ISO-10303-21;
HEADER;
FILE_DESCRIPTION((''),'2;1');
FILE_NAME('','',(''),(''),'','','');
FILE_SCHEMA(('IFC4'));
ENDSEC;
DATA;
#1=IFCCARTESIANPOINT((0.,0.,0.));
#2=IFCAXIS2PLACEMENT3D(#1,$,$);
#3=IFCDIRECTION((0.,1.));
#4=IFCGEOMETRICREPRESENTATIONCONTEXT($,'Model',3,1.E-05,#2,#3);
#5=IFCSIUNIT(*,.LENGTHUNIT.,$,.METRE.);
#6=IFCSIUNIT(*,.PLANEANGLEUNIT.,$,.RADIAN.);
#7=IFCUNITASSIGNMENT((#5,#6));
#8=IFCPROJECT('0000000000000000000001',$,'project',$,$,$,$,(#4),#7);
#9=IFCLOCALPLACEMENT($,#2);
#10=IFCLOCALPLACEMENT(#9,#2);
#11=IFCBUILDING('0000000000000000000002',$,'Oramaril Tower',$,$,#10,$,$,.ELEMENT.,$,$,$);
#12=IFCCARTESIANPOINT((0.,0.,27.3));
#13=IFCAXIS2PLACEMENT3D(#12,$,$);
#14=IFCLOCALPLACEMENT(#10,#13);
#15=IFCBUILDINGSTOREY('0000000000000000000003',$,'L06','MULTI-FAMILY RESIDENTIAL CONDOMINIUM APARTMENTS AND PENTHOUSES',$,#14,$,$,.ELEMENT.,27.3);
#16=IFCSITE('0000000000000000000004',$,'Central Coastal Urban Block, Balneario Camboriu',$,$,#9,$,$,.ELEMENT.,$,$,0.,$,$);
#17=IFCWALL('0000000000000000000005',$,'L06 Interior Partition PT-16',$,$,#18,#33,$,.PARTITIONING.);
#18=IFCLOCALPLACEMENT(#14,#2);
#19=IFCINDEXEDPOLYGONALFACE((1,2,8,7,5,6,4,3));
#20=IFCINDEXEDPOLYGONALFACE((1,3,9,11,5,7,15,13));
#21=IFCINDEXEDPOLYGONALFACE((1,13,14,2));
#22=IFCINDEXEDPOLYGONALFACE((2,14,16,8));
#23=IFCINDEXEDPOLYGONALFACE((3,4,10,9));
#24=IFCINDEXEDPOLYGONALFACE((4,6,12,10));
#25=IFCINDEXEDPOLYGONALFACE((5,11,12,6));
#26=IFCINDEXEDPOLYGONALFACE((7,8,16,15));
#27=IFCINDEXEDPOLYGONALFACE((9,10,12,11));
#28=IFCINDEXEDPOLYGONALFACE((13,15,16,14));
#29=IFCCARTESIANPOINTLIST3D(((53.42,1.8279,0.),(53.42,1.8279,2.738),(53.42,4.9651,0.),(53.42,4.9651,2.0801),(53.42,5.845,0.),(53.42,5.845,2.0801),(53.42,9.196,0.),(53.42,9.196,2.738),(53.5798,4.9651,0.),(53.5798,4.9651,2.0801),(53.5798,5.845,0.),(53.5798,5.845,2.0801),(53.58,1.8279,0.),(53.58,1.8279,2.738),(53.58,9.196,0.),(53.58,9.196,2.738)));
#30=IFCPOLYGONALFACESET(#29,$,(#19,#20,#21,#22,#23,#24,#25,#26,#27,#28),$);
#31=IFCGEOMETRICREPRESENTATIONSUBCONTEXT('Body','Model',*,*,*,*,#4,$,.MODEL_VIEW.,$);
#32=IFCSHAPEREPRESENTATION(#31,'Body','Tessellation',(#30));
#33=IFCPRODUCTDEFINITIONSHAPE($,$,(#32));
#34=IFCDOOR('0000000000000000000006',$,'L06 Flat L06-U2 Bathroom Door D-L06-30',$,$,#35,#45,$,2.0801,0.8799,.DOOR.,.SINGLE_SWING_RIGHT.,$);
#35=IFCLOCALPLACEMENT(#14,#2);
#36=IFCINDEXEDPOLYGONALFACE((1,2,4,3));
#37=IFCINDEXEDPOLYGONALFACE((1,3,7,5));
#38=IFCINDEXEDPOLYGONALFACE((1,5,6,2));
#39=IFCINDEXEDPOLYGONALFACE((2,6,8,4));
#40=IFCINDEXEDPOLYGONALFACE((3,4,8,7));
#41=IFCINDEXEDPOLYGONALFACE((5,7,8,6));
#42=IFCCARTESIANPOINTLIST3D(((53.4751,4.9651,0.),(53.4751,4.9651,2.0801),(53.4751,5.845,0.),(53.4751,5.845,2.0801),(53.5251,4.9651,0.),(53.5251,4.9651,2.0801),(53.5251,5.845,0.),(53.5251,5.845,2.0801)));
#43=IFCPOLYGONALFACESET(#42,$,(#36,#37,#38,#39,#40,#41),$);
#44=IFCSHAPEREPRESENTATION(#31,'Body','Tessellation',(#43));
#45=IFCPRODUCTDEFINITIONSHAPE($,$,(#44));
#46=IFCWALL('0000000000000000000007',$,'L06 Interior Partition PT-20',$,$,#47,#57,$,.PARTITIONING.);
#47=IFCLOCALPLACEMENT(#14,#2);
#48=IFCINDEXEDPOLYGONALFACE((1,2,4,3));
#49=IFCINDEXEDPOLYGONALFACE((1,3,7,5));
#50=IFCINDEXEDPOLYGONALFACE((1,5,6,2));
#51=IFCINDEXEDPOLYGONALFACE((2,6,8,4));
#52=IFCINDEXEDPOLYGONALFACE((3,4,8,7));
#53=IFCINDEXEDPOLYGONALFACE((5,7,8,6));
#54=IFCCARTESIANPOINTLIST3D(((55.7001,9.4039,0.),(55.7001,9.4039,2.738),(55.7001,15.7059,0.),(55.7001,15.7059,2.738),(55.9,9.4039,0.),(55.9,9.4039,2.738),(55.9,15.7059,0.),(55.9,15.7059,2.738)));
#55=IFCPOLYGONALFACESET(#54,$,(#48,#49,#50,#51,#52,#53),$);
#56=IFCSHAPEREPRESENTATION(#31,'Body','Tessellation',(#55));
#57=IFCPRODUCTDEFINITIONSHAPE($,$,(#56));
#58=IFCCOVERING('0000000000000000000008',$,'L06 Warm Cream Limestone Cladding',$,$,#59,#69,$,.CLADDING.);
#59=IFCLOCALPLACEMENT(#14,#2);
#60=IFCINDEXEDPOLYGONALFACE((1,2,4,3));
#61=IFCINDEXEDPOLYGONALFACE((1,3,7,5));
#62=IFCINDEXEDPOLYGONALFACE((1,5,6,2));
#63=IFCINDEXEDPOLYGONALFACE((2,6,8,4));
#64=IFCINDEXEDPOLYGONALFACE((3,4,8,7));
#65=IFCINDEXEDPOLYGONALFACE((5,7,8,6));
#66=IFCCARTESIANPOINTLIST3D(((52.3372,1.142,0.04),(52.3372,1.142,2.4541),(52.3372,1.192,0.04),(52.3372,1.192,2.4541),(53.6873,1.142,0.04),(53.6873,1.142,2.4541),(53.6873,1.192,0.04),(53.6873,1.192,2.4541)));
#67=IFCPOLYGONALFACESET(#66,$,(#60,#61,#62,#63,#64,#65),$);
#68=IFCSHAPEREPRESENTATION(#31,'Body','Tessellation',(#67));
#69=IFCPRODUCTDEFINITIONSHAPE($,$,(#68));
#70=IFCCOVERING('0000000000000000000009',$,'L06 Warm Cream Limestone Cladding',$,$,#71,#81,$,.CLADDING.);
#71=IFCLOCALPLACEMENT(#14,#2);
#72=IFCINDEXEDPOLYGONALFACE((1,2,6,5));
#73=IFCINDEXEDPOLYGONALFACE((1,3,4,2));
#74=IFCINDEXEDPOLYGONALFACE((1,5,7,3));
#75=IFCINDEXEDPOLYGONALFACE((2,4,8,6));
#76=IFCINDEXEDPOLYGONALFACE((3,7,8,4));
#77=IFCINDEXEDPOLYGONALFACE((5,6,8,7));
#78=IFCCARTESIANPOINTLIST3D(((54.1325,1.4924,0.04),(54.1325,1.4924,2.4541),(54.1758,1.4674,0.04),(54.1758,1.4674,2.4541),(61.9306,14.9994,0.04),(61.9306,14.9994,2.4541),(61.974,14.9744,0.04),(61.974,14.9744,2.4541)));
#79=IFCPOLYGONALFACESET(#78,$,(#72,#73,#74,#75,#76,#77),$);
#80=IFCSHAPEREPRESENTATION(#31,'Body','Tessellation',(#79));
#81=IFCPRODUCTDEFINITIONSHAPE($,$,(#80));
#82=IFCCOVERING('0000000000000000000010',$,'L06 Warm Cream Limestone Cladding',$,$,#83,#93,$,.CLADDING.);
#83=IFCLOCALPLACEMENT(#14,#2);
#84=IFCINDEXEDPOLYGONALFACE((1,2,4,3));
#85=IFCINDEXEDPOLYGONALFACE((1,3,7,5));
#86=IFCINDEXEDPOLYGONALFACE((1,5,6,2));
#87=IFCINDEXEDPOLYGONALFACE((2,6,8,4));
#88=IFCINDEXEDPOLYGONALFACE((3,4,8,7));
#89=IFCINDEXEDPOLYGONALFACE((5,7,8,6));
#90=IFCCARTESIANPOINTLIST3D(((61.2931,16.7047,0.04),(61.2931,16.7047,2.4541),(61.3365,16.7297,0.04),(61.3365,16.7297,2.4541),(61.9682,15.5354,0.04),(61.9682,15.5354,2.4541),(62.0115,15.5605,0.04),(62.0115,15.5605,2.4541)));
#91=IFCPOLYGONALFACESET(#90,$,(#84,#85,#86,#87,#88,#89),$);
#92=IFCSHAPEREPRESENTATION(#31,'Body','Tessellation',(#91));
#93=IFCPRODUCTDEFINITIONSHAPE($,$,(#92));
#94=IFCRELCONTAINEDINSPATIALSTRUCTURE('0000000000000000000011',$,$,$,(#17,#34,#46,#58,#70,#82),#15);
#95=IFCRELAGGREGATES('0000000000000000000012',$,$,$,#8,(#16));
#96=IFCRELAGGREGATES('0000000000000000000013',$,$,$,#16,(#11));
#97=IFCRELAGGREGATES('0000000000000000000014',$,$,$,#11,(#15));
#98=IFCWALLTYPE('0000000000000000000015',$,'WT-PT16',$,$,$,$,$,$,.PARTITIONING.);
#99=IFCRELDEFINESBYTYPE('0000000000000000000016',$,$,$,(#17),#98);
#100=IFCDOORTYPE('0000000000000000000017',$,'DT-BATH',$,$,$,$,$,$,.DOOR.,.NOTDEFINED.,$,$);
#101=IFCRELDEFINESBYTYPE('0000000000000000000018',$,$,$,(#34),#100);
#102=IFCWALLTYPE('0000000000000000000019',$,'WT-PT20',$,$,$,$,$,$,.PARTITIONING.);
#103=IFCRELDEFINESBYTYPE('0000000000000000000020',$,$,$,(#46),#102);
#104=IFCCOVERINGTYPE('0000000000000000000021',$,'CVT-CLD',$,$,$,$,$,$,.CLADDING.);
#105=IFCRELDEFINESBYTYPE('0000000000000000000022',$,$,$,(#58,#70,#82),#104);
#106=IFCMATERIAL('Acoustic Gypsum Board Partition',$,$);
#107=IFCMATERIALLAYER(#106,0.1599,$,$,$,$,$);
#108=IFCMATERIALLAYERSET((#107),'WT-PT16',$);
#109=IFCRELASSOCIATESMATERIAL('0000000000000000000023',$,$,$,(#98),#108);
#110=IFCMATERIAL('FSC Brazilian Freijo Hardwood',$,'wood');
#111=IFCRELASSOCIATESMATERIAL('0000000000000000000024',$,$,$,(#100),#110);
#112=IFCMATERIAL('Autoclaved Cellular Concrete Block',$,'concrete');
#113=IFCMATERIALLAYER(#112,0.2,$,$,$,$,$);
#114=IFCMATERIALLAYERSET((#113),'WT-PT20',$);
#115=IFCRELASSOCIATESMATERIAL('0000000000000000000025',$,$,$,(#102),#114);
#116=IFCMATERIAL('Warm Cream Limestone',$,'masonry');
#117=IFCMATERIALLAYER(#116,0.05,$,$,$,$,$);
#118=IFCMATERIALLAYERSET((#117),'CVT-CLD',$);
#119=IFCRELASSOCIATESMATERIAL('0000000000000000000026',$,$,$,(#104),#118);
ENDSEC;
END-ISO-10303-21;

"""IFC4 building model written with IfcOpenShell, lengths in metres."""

from ifc_helpers import new_model, si_unit, direction, frame, frame_2d, origin, origin_2d, place, context, subcontext, project, spatial, rectangle, extrude, material, layer, layer_set, type_object, element, fill, save


model = new_model("IFC4")

# Units and contexts
model_context = context("Model", 3, precision=1e-05, world=origin(), true_north=direction((0.0, 1.0)))
body_context = subcontext(model_context, "Body", "Model", "MODEL_VIEW")
ifc_project = project(units=[si_unit("LENGTHUNIT", "METRE"), si_unit("PLANEANGLEUNIT", "RADIAN")], contexts=[model_context])

# Site, building, storey
site_placement = place(None, origin())
site = spatial("IfcSite", under=ifc_project, at=site_placement, Name="Central Coastal Urban Block, Balneario Camboriu", CompositionType="ELEMENT", RefElevation=0.0)
building_placement = place(site_placement, origin())
building = spatial("IfcBuilding", under=site, at=building_placement, Name="Oramaril Tower", CompositionType="ELEMENT")
storey_placement = place(building_placement, frame((0.0, 0.0, 27.3)))
storey = spatial("IfcBuildingStorey", under=building, at=storey_placement, Name="L06", Description="MULTI-FAMILY RESIDENTIAL CONDOMINIUM APARTMENTS AND PENTHOUSES", CompositionType="ELEMENT", Elevation=27.3)

# Wall, opening, door
ifc_material_1 = material(Name="Acoustic Gypsum Board Partition")
ifc_layer_1 = layer(ifc_material_1, 0.1599)
ifc_layer_set_1 = layer_set([ifc_layer_1], Name="WT-PT16")
wall_type_1 = type_object("IfcWallType", Name="WT-PT16", PredefinedType="PARTITIONING", material=ifc_layer_set_1)
wall_1_placement = place(storey_placement, frame((53.5, 1.8279, 0.0), z_axis=(0.0, 0.0, 1.0), x_axis=(0.0, 1.0, 0.0)))
wall_1 = element("IfcWall", 1, at=wall_1_placement, inside=storey, type_object=wall_type_1, Name="L06 Interior Partition PT-16", PredefinedType="PARTITIONING", context=body_context, shape_type="SweptSolid", body=[
    extrude(rectangle(XDim=7.3682, YDim=0.1599, at=frame_2d((3.6841, 0.0))), origin(), (0.0, 0.0, 1.0), 2.738),
])
opening_1_placement = place(wall_1_placement, frame((3.1372, 0.0, 0.0)))
opening_1 = element("IfcOpeningElement", 2, at=opening_1_placement, cuts=wall_1, PredefinedType="OPENING", context=body_context, shape_type="SweptSolid", body=[
    extrude(rectangle(XDim=0.8799, YDim=2.0801, at=frame_2d((0.4399, 1.04))), frame((0.0, 0.0801, 0.0), z_axis=(0.0, -1.0, 0.0), x_axis=(1.0, 0.0, 0.0)), (0.0, 0.0, 1.0), 0.1599),
])
ifc_material_2 = material(Name="FSC Brazilian Freijo Hardwood", Category="wood")
door_type_1 = type_object("IfcDoorType", Name="DT-BATH", OperationType="NOTDEFINED", PredefinedType="DOOR", material=ifc_material_2)
door_1_placement = place(opening_1_placement, origin())
door_1 = element("IfcDoor", 3, at=door_1_placement, inside=storey, type_object=door_type_1, Name="L06 Flat L06-U2 Bathroom Door D-L06-30", OperationType="SINGLE_SWING_RIGHT", OverallHeight=2.0801, OverallWidth=0.8799, PredefinedType="DOOR", context=body_context, shape_type="SweptSolid", body=[
    extrude(rectangle(XDim=0.8799, YDim=2.0801, at=frame_2d((0.4399, 1.04))), frame((0.0, 0.0249, 0.0), z_axis=(0.0, -1.0, 0.0), x_axis=(1.0, 0.0, 0.0)), (0.0, 0.0, 1.0), 0.05),
])
fill(opening_1, door_1)

# Wall
ifc_material_3 = material(Name="Autoclaved Cellular Concrete Block", Category="concrete")
ifc_layer_2 = layer(ifc_material_3, 0.2)
ifc_layer_set_2 = layer_set([ifc_layer_2], Name="WT-PT20")
wall_type_2 = type_object("IfcWallType", Name="WT-PT20", PredefinedType="PARTITIONING", material=ifc_layer_set_2)
wall_2_placement = place(storey_placement, frame((55.8, 9.4041, 0.0), z_axis=(0.0, 0.0, 1.0), x_axis=(0.0, 1.0, 0.0)))
element("IfcWall", 4, at=wall_2_placement, inside=storey, type_object=wall_type_2, Name="L06 Interior Partition PT-20", PredefinedType="PARTITIONING", context=body_context, shape_type="SweptSolid", body=[
    extrude(rectangle(XDim=6.302, YDim=0.2, at=frame_2d((3.1509, 0.0))), origin(), (0.0, 0.0, 1.0), 2.738),
])

# Coverings
ifc_material_4 = material(Name="Warm Cream Limestone", Category="masonry")
ifc_layer_3 = layer(ifc_material_4, 0.05)
ifc_layer_set_3 = layer_set([ifc_layer_3], Name="CVT-CLD")
covering_type = type_object("IfcCoveringType", Name="CVT-CLD", PredefinedType="CLADDING", material=ifc_layer_set_3)
covering_1_placement = place(storey_placement, frame((53.0122, 1.167, 0.04), z_axis=(0.0, 0.0, 1.0), x_axis=(1.0, 0.0, 0.0)))
element("IfcCovering", 5, at=covering_1_placement, inside=storey, type_object=covering_type, Name="L06 Warm Cream Limestone Cladding", PredefinedType="CLADDING", context=body_context, shape_type="SweptSolid", body=[
    extrude(rectangle(XDim=1.3501, YDim=0.05, at=origin_2d()), origin(), (0.0, 0.0, 1.0), 2.4141),
])
covering_2_placement = place(storey_placement, frame((58.0532, 8.2334, 0.04), z_axis=(0.0, 0.0, 1.0), x_axis=(0.499997, 0.866027, 0.0)))
element("IfcCovering", 6, at=covering_2_placement, inside=storey, type_object=covering_type, Name="L06 Warm Cream Limestone Cladding", PredefinedType="CLADDING", context=body_context, shape_type="SweptSolid", body=[
    extrude(rectangle(XDim=15.5964, YDim=0.05, at=origin_2d()), origin(), (0.0, 0.0, 1.0), 2.4141),
])
covering_3_placement = place(storey_placement, frame((61.6523, 16.1326, 0.04), z_axis=(0.0, 0.0, 1.0), x_axis=(-0.5, 0.866025, 0.0)))
element("IfcCovering", 7, at=covering_3_placement, inside=storey, type_object=covering_type, Name="L06 Warm Cream Limestone Cladding", PredefinedType="CLADDING", context=body_context, shape_type="SweptSolid", body=[
    extrude(rectangle(XDim=1.3501, YDim=0.05, at=origin_2d()), origin(), (0.0, 0.0, 1.0), 2.4141),
])

save(model, "model.ifc")
